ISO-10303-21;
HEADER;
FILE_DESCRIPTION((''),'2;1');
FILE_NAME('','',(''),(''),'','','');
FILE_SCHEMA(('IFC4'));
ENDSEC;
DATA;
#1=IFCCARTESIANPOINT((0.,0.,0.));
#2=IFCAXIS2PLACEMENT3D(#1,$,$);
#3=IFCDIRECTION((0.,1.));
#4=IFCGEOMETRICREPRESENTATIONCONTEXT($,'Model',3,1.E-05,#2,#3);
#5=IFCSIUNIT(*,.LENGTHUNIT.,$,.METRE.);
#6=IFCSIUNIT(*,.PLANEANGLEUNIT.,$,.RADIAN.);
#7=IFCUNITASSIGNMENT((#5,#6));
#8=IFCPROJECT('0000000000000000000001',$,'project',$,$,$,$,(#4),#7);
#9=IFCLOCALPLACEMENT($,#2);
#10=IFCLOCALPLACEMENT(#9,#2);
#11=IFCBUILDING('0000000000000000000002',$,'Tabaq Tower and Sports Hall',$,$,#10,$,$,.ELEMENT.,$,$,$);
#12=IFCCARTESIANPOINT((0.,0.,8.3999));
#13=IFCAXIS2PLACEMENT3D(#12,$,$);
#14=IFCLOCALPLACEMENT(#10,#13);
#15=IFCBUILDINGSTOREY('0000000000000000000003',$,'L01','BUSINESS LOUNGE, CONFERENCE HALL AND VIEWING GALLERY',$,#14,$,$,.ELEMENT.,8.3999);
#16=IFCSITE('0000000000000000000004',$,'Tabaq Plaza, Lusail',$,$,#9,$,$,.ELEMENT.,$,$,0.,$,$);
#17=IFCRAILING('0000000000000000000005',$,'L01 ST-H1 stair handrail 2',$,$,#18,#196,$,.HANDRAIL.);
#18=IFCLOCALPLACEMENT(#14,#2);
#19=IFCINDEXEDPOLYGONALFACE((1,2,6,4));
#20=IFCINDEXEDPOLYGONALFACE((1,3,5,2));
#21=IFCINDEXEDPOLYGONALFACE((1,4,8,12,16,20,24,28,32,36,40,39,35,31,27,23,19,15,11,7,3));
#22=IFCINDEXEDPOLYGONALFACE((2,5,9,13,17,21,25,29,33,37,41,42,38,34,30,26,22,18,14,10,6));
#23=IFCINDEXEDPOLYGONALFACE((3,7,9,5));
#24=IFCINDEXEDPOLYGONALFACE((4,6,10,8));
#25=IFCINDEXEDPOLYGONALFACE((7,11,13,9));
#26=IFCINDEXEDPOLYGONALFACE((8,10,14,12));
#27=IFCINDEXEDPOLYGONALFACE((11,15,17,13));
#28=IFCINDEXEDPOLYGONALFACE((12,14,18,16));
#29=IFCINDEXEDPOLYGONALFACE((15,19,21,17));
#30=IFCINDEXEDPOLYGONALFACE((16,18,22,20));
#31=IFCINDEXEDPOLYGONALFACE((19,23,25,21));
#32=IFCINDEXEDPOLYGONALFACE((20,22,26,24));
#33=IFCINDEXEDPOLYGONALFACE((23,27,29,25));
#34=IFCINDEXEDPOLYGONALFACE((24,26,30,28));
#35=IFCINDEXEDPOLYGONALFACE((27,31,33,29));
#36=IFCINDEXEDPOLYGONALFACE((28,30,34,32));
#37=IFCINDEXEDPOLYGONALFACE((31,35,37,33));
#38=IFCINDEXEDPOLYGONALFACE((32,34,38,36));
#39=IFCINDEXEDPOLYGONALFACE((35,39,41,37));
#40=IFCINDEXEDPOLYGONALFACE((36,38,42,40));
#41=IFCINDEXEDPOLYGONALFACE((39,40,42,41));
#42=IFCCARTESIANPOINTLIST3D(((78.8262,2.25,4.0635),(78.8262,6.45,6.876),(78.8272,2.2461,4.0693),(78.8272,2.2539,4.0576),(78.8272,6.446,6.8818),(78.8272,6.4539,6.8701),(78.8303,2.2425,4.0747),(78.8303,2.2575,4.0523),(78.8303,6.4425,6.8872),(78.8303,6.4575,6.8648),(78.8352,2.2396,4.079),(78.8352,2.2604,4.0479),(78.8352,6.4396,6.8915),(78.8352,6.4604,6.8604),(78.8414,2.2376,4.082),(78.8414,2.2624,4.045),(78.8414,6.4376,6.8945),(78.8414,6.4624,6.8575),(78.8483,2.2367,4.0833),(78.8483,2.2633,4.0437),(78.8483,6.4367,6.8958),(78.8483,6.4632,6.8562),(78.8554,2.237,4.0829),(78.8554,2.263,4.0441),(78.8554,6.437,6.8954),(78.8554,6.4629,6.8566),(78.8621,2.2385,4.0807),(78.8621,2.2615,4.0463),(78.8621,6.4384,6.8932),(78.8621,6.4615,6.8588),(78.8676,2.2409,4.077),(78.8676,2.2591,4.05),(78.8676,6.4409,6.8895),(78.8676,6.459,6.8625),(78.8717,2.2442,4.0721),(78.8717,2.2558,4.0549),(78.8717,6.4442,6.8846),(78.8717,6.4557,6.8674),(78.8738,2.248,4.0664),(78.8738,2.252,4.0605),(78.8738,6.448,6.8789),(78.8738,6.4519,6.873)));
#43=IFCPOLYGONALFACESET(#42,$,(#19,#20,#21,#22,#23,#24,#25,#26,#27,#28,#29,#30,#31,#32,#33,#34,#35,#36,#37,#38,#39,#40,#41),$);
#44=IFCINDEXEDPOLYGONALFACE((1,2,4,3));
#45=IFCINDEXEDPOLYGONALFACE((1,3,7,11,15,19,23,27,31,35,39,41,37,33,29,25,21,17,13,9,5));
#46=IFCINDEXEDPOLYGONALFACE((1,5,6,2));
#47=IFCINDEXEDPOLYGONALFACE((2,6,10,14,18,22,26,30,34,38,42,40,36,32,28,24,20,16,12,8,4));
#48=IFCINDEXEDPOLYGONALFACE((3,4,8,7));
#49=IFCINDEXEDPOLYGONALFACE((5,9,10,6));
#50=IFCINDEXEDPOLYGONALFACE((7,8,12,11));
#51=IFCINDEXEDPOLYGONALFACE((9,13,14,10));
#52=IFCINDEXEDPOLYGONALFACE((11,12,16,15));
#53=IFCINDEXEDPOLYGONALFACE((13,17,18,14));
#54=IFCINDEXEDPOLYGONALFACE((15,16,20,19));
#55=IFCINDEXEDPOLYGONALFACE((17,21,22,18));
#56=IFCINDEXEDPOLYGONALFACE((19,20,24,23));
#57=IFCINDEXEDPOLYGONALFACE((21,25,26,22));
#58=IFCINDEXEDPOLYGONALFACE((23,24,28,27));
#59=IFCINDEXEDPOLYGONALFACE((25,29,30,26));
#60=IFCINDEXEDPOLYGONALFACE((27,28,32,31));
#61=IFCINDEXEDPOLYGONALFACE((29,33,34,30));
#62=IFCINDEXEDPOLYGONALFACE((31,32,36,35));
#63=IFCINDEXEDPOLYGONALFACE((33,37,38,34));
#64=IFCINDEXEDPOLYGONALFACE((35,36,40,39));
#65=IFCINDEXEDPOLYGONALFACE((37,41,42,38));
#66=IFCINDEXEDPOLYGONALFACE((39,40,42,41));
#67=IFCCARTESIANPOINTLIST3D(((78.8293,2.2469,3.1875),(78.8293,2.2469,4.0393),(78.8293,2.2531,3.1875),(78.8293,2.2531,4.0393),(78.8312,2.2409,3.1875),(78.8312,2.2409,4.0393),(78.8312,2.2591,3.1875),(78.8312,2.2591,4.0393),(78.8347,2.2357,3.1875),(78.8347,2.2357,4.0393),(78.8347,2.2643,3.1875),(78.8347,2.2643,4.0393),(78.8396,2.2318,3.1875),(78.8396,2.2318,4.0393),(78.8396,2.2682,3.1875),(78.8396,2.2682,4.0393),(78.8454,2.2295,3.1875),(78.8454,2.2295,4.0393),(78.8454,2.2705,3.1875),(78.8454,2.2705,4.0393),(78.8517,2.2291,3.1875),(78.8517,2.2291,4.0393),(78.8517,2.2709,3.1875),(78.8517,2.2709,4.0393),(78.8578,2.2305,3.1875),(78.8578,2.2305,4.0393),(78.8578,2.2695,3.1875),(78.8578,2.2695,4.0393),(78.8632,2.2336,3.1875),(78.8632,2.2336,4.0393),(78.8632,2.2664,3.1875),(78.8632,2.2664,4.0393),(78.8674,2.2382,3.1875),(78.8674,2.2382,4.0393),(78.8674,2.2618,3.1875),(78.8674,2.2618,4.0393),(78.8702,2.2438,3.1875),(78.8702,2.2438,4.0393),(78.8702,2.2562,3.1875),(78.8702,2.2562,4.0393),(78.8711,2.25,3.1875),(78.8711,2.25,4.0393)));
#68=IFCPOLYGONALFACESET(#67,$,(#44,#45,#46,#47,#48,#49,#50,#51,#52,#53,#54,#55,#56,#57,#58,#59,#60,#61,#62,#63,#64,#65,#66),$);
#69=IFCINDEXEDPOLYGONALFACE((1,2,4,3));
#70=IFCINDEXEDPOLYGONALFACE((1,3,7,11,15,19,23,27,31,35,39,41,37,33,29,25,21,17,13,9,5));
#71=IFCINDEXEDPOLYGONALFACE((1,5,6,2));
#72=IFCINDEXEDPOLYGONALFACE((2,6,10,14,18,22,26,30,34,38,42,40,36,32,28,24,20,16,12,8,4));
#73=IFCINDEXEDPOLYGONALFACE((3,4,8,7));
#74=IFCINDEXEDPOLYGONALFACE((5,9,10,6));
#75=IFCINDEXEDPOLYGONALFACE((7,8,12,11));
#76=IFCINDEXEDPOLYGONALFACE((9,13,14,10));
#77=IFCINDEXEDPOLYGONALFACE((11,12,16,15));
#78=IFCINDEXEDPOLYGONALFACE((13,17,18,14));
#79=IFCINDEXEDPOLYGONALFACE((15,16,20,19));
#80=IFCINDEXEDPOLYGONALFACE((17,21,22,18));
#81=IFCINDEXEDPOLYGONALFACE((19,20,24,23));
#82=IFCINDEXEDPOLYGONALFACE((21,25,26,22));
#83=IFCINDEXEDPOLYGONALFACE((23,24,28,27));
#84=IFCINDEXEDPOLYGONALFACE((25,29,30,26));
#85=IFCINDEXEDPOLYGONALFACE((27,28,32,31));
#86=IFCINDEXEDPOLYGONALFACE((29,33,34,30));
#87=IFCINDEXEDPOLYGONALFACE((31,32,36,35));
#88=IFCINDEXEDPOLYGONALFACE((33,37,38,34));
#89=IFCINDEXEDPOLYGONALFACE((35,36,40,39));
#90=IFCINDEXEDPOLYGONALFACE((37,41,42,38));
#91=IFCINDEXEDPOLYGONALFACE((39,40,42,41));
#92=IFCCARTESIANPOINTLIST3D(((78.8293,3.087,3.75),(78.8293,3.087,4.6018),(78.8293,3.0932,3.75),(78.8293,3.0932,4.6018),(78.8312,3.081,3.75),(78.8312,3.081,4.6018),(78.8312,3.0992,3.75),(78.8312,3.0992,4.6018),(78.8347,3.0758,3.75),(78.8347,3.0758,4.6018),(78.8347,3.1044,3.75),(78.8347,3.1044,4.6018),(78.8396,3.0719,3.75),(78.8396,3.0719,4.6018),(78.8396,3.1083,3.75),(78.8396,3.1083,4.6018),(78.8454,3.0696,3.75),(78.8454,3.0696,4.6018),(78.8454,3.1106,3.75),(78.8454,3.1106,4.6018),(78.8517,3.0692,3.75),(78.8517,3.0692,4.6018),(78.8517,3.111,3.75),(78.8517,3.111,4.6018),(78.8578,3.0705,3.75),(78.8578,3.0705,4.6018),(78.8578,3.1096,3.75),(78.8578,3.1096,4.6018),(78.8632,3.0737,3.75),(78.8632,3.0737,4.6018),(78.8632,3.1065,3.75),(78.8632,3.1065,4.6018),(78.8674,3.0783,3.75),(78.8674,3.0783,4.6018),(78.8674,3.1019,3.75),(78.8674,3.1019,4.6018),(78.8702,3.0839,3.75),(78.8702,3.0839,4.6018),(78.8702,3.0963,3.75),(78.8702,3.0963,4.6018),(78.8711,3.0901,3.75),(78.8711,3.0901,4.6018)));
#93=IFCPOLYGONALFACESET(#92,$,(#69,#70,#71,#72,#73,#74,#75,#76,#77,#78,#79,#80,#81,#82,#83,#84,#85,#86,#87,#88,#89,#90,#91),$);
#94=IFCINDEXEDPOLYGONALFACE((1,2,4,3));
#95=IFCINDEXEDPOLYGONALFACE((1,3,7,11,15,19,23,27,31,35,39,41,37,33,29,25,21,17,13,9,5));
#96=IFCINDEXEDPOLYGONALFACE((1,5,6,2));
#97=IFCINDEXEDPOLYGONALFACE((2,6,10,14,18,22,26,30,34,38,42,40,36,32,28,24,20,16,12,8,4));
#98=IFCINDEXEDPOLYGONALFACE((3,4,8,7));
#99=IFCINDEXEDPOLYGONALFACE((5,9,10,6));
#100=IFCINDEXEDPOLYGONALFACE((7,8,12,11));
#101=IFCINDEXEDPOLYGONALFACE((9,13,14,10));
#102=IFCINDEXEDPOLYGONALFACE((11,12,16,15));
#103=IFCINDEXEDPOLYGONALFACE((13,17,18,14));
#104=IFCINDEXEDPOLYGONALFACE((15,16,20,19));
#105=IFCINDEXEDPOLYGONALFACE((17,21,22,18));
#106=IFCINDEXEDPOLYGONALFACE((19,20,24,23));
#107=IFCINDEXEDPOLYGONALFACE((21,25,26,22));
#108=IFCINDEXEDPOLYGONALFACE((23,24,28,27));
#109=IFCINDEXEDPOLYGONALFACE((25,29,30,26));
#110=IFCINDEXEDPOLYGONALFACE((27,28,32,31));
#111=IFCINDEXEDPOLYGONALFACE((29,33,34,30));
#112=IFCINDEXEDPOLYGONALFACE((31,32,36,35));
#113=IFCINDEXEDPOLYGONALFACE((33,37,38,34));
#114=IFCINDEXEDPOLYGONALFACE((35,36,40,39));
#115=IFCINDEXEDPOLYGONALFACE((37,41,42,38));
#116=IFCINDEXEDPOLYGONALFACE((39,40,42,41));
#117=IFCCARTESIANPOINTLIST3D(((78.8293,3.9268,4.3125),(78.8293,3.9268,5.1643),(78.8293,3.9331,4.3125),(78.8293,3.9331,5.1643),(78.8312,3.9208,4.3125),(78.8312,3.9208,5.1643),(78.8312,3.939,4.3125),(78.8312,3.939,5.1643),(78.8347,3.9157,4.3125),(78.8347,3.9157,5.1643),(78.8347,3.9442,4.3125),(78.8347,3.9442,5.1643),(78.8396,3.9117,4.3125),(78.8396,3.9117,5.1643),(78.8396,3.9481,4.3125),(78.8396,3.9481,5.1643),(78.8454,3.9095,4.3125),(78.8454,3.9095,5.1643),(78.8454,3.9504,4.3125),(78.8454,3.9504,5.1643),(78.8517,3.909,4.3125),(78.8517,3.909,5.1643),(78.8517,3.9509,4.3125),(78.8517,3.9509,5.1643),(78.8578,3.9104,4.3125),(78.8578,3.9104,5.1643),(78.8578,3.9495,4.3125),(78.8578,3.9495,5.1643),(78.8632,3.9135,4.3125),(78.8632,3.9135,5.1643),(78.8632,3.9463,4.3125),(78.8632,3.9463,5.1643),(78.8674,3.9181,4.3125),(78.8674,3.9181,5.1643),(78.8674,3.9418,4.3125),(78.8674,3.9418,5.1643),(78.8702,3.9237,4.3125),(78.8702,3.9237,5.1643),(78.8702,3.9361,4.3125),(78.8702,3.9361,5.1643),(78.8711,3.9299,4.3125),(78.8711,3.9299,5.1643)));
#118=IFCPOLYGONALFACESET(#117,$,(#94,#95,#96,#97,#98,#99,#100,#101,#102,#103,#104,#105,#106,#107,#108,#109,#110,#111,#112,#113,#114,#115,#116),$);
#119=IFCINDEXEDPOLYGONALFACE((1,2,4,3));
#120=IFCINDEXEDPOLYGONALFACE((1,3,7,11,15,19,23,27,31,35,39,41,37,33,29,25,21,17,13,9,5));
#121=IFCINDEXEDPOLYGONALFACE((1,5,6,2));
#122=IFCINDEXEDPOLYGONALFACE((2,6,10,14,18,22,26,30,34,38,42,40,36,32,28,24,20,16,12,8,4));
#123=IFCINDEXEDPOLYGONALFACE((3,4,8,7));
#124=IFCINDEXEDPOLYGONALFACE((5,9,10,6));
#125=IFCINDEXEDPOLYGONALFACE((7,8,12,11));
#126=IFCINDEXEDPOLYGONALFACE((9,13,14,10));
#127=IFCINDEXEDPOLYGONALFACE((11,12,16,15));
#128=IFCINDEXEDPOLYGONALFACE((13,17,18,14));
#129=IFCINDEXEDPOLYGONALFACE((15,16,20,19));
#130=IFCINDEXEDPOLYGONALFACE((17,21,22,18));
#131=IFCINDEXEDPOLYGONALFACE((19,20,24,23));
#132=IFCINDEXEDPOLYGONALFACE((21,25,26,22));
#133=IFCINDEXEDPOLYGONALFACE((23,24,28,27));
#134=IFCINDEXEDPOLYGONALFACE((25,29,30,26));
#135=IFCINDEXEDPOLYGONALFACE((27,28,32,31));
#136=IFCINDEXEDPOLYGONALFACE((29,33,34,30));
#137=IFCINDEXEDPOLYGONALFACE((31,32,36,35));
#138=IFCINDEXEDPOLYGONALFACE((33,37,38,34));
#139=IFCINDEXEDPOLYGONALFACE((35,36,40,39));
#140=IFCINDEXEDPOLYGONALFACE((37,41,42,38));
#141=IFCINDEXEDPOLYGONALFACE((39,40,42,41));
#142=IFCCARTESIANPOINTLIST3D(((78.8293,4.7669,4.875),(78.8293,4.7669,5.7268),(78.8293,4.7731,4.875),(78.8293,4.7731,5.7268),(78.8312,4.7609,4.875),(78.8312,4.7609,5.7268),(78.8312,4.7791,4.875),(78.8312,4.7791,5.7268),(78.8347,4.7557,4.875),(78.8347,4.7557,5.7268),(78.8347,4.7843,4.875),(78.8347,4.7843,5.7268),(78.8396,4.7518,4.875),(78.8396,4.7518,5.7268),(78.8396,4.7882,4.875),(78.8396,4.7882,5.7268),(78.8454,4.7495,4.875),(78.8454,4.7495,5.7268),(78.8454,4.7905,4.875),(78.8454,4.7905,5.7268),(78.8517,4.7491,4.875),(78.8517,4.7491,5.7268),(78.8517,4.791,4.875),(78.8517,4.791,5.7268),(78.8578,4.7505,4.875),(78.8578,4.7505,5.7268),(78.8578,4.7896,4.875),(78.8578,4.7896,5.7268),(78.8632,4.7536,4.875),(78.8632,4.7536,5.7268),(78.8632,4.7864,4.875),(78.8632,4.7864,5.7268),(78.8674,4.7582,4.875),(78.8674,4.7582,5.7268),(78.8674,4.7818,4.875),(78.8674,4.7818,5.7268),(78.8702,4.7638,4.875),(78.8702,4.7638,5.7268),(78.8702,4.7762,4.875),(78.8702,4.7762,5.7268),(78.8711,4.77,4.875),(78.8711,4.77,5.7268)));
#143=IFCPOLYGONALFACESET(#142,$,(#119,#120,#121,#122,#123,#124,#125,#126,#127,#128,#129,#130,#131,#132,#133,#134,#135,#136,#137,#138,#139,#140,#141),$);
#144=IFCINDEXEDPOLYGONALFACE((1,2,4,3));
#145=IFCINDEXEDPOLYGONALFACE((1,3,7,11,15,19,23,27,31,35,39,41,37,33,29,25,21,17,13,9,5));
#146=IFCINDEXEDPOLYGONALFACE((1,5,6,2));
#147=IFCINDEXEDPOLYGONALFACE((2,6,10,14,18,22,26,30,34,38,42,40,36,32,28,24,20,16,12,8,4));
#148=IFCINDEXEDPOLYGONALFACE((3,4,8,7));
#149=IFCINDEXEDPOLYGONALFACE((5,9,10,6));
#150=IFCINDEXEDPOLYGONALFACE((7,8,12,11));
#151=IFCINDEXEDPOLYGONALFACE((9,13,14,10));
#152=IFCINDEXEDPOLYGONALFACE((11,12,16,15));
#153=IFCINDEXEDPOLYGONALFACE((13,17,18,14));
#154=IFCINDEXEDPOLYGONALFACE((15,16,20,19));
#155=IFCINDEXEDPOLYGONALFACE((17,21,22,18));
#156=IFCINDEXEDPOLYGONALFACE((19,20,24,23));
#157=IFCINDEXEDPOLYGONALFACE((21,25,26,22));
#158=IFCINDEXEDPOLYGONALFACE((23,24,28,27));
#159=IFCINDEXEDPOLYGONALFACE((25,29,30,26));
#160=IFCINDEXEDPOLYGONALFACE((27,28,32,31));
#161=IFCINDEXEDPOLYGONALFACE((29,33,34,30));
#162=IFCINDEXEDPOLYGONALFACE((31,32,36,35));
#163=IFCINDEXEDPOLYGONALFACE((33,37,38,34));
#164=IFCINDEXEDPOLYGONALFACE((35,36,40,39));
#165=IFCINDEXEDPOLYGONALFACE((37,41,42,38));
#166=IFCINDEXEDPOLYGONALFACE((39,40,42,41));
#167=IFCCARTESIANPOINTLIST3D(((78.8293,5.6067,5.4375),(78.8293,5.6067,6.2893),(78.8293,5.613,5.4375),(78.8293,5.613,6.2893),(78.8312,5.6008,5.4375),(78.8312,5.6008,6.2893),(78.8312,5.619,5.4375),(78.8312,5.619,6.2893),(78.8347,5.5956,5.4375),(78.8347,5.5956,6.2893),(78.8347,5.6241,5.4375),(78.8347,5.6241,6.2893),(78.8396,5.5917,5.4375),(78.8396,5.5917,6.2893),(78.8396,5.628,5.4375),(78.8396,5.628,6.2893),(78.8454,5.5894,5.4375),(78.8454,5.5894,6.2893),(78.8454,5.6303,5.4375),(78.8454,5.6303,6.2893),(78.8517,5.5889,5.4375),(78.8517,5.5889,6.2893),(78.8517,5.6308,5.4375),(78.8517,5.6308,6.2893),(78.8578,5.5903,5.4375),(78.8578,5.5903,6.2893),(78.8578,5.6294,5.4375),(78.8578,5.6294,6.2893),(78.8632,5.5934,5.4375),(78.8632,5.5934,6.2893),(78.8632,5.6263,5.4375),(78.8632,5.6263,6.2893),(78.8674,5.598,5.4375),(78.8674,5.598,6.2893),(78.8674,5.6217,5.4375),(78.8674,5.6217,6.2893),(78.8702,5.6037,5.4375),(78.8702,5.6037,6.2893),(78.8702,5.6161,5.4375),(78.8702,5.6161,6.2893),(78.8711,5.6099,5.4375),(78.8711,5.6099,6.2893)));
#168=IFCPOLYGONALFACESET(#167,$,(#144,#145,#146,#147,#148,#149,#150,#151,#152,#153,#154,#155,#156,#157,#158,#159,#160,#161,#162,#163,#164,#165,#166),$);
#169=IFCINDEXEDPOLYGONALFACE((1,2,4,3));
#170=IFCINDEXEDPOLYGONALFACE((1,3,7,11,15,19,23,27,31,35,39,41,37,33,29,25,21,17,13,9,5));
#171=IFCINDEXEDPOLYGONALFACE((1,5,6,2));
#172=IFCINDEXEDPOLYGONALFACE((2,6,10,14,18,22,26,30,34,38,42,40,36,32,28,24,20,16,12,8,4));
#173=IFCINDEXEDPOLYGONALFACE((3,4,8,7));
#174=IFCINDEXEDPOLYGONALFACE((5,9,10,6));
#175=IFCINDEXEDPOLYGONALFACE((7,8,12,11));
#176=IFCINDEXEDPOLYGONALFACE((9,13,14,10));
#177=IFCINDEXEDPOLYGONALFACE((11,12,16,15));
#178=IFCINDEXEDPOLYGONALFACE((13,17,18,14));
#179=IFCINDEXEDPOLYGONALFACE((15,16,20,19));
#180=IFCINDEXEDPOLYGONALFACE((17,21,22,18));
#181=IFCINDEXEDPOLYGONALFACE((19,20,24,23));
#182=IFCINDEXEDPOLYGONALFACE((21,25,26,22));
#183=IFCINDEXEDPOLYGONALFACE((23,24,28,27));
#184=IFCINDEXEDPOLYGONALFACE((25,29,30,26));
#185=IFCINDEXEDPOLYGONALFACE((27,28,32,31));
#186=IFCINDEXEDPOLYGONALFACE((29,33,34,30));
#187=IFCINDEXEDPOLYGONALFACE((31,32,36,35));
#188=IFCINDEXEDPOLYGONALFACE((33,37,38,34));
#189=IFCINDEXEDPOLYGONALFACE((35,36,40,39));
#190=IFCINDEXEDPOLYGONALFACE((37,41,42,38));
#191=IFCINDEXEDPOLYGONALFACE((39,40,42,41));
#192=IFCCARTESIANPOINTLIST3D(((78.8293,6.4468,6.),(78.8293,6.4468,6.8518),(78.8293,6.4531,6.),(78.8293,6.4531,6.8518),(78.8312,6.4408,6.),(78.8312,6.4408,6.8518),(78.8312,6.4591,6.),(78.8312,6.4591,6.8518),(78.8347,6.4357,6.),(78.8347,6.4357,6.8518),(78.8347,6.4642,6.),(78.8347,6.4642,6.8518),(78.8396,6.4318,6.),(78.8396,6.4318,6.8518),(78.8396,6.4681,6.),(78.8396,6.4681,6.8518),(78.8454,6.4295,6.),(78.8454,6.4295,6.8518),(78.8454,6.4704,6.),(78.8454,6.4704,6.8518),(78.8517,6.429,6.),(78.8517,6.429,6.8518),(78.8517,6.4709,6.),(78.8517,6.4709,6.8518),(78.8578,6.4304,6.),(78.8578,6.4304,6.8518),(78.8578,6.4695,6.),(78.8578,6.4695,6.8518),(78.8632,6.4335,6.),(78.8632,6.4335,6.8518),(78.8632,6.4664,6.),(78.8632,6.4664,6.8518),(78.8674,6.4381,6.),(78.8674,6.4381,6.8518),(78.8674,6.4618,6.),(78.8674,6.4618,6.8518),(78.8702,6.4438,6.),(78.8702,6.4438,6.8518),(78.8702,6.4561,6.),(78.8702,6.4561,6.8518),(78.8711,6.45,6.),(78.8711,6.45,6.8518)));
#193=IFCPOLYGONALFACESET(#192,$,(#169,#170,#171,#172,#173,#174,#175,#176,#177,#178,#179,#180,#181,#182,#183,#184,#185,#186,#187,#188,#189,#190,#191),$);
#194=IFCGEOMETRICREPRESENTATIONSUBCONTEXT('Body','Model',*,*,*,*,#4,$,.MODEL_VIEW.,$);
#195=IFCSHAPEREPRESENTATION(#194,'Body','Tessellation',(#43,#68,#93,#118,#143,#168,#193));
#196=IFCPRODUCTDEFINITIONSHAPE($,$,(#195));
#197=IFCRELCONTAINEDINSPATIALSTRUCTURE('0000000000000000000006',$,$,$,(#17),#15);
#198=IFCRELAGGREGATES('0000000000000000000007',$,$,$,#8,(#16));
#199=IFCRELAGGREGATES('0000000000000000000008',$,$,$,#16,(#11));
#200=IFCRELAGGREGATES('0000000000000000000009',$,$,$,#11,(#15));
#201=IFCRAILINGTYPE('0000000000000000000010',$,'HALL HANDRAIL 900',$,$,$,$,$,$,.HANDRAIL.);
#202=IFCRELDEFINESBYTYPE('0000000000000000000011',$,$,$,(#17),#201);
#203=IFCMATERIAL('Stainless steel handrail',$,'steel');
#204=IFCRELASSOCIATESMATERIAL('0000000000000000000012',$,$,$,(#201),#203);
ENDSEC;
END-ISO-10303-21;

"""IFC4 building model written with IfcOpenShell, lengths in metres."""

from ifc_helpers import new_model, si_unit, direction, frame, origin, origin_2d, place, context, subcontext, project, spatial, circle, extrude, material, type_object, element, save


model = new_model("IFC4")

# Units and contexts
model_context = context("Model", 3, precision=1e-05, world=origin(), true_north=direction((0.0, 1.0)))
body_context = subcontext(model_context, "Body", "Model", "MODEL_VIEW")
ifc_project = project(units=[si_unit("LENGTHUNIT", "METRE"), si_unit("PLANEANGLEUNIT", "RADIAN")], contexts=[model_context])

# Site, building, storey
site_placement = place(None, origin())
site = spatial("IfcSite", under=ifc_project, at=site_placement, Name="Tabaq Plaza, Lusail", CompositionType="ELEMENT", RefElevation=0.0)
building_placement = place(site_placement, origin())
building = spatial("IfcBuilding", under=site, at=building_placement, Name="Tabaq Tower and Sports Hall", CompositionType="ELEMENT")
storey_placement = place(building_placement, frame((0.0, 0.0, 8.3999)))
storey = spatial("IfcBuildingStorey", under=building, at=storey_placement, Name="L01", Description="BUSINESS LOUNGE, CONFERENCE HALL AND VIEWING GALLERY", CompositionType="ELEMENT", Elevation=8.3999)

# Railing
ifc_material_1 = material(Name="Stainless steel handrail", Category="steel")
railing_type_1 = type_object("IfcRailingType", Name="HALL HANDRAIL 900", PredefinedType="HANDRAIL", material=ifc_material_1)
railing_1_placement = place(storey_placement, frame((78.8501, 2.25, 3.1875)))
element("IfcRailing", 1, at=railing_1_placement, inside=storey, type_object=railing_type_1, Name="L01 ST-H1 stair handrail 2", PredefinedType="HANDRAIL", context=body_context, shape_type="SweptSolid", body=[
    extrude(circle(Radius=0.0239, at=origin_2d()), frame((0.0, 0.0, 0.876), z_axis=(0.0, 0.830904, 0.556416), x_axis=(-1.0, 0.0, 0.0)), (0.0, 0.0, 1.0), 5.0547),
    extrude(circle(Radius=0.021, at=origin_2d()), origin(), (0.0, 0.0, 1.0), 0.8518),
    extrude(circle(Radius=0.021, at=origin_2d()), frame((0.0, 0.8401, 0.5625)), (0.0, 0.0, 1.0), 0.8518),
    extrude(circle(Radius=0.021, at=origin_2d()), frame((0.0, 1.6799, 1.125)), (0.0, 0.0, 1.0), 0.8518),
    extrude(circle(Radius=0.021, at=origin_2d()), frame((0.0, 2.52, 1.6875)), (0.0, 0.0, 1.0), 0.8518),
    extrude(circle(Radius=0.021, at=origin_2d()), frame((0.0, 3.3599, 2.25)), (0.0, 0.0, 1.0), 0.8518),
    extrude(circle(Radius=0.021, at=origin_2d()), frame((0.0, 4.2, 2.8125)), (0.0, 0.0, 1.0), 0.8518),
])

save(model, "model.ifc")
